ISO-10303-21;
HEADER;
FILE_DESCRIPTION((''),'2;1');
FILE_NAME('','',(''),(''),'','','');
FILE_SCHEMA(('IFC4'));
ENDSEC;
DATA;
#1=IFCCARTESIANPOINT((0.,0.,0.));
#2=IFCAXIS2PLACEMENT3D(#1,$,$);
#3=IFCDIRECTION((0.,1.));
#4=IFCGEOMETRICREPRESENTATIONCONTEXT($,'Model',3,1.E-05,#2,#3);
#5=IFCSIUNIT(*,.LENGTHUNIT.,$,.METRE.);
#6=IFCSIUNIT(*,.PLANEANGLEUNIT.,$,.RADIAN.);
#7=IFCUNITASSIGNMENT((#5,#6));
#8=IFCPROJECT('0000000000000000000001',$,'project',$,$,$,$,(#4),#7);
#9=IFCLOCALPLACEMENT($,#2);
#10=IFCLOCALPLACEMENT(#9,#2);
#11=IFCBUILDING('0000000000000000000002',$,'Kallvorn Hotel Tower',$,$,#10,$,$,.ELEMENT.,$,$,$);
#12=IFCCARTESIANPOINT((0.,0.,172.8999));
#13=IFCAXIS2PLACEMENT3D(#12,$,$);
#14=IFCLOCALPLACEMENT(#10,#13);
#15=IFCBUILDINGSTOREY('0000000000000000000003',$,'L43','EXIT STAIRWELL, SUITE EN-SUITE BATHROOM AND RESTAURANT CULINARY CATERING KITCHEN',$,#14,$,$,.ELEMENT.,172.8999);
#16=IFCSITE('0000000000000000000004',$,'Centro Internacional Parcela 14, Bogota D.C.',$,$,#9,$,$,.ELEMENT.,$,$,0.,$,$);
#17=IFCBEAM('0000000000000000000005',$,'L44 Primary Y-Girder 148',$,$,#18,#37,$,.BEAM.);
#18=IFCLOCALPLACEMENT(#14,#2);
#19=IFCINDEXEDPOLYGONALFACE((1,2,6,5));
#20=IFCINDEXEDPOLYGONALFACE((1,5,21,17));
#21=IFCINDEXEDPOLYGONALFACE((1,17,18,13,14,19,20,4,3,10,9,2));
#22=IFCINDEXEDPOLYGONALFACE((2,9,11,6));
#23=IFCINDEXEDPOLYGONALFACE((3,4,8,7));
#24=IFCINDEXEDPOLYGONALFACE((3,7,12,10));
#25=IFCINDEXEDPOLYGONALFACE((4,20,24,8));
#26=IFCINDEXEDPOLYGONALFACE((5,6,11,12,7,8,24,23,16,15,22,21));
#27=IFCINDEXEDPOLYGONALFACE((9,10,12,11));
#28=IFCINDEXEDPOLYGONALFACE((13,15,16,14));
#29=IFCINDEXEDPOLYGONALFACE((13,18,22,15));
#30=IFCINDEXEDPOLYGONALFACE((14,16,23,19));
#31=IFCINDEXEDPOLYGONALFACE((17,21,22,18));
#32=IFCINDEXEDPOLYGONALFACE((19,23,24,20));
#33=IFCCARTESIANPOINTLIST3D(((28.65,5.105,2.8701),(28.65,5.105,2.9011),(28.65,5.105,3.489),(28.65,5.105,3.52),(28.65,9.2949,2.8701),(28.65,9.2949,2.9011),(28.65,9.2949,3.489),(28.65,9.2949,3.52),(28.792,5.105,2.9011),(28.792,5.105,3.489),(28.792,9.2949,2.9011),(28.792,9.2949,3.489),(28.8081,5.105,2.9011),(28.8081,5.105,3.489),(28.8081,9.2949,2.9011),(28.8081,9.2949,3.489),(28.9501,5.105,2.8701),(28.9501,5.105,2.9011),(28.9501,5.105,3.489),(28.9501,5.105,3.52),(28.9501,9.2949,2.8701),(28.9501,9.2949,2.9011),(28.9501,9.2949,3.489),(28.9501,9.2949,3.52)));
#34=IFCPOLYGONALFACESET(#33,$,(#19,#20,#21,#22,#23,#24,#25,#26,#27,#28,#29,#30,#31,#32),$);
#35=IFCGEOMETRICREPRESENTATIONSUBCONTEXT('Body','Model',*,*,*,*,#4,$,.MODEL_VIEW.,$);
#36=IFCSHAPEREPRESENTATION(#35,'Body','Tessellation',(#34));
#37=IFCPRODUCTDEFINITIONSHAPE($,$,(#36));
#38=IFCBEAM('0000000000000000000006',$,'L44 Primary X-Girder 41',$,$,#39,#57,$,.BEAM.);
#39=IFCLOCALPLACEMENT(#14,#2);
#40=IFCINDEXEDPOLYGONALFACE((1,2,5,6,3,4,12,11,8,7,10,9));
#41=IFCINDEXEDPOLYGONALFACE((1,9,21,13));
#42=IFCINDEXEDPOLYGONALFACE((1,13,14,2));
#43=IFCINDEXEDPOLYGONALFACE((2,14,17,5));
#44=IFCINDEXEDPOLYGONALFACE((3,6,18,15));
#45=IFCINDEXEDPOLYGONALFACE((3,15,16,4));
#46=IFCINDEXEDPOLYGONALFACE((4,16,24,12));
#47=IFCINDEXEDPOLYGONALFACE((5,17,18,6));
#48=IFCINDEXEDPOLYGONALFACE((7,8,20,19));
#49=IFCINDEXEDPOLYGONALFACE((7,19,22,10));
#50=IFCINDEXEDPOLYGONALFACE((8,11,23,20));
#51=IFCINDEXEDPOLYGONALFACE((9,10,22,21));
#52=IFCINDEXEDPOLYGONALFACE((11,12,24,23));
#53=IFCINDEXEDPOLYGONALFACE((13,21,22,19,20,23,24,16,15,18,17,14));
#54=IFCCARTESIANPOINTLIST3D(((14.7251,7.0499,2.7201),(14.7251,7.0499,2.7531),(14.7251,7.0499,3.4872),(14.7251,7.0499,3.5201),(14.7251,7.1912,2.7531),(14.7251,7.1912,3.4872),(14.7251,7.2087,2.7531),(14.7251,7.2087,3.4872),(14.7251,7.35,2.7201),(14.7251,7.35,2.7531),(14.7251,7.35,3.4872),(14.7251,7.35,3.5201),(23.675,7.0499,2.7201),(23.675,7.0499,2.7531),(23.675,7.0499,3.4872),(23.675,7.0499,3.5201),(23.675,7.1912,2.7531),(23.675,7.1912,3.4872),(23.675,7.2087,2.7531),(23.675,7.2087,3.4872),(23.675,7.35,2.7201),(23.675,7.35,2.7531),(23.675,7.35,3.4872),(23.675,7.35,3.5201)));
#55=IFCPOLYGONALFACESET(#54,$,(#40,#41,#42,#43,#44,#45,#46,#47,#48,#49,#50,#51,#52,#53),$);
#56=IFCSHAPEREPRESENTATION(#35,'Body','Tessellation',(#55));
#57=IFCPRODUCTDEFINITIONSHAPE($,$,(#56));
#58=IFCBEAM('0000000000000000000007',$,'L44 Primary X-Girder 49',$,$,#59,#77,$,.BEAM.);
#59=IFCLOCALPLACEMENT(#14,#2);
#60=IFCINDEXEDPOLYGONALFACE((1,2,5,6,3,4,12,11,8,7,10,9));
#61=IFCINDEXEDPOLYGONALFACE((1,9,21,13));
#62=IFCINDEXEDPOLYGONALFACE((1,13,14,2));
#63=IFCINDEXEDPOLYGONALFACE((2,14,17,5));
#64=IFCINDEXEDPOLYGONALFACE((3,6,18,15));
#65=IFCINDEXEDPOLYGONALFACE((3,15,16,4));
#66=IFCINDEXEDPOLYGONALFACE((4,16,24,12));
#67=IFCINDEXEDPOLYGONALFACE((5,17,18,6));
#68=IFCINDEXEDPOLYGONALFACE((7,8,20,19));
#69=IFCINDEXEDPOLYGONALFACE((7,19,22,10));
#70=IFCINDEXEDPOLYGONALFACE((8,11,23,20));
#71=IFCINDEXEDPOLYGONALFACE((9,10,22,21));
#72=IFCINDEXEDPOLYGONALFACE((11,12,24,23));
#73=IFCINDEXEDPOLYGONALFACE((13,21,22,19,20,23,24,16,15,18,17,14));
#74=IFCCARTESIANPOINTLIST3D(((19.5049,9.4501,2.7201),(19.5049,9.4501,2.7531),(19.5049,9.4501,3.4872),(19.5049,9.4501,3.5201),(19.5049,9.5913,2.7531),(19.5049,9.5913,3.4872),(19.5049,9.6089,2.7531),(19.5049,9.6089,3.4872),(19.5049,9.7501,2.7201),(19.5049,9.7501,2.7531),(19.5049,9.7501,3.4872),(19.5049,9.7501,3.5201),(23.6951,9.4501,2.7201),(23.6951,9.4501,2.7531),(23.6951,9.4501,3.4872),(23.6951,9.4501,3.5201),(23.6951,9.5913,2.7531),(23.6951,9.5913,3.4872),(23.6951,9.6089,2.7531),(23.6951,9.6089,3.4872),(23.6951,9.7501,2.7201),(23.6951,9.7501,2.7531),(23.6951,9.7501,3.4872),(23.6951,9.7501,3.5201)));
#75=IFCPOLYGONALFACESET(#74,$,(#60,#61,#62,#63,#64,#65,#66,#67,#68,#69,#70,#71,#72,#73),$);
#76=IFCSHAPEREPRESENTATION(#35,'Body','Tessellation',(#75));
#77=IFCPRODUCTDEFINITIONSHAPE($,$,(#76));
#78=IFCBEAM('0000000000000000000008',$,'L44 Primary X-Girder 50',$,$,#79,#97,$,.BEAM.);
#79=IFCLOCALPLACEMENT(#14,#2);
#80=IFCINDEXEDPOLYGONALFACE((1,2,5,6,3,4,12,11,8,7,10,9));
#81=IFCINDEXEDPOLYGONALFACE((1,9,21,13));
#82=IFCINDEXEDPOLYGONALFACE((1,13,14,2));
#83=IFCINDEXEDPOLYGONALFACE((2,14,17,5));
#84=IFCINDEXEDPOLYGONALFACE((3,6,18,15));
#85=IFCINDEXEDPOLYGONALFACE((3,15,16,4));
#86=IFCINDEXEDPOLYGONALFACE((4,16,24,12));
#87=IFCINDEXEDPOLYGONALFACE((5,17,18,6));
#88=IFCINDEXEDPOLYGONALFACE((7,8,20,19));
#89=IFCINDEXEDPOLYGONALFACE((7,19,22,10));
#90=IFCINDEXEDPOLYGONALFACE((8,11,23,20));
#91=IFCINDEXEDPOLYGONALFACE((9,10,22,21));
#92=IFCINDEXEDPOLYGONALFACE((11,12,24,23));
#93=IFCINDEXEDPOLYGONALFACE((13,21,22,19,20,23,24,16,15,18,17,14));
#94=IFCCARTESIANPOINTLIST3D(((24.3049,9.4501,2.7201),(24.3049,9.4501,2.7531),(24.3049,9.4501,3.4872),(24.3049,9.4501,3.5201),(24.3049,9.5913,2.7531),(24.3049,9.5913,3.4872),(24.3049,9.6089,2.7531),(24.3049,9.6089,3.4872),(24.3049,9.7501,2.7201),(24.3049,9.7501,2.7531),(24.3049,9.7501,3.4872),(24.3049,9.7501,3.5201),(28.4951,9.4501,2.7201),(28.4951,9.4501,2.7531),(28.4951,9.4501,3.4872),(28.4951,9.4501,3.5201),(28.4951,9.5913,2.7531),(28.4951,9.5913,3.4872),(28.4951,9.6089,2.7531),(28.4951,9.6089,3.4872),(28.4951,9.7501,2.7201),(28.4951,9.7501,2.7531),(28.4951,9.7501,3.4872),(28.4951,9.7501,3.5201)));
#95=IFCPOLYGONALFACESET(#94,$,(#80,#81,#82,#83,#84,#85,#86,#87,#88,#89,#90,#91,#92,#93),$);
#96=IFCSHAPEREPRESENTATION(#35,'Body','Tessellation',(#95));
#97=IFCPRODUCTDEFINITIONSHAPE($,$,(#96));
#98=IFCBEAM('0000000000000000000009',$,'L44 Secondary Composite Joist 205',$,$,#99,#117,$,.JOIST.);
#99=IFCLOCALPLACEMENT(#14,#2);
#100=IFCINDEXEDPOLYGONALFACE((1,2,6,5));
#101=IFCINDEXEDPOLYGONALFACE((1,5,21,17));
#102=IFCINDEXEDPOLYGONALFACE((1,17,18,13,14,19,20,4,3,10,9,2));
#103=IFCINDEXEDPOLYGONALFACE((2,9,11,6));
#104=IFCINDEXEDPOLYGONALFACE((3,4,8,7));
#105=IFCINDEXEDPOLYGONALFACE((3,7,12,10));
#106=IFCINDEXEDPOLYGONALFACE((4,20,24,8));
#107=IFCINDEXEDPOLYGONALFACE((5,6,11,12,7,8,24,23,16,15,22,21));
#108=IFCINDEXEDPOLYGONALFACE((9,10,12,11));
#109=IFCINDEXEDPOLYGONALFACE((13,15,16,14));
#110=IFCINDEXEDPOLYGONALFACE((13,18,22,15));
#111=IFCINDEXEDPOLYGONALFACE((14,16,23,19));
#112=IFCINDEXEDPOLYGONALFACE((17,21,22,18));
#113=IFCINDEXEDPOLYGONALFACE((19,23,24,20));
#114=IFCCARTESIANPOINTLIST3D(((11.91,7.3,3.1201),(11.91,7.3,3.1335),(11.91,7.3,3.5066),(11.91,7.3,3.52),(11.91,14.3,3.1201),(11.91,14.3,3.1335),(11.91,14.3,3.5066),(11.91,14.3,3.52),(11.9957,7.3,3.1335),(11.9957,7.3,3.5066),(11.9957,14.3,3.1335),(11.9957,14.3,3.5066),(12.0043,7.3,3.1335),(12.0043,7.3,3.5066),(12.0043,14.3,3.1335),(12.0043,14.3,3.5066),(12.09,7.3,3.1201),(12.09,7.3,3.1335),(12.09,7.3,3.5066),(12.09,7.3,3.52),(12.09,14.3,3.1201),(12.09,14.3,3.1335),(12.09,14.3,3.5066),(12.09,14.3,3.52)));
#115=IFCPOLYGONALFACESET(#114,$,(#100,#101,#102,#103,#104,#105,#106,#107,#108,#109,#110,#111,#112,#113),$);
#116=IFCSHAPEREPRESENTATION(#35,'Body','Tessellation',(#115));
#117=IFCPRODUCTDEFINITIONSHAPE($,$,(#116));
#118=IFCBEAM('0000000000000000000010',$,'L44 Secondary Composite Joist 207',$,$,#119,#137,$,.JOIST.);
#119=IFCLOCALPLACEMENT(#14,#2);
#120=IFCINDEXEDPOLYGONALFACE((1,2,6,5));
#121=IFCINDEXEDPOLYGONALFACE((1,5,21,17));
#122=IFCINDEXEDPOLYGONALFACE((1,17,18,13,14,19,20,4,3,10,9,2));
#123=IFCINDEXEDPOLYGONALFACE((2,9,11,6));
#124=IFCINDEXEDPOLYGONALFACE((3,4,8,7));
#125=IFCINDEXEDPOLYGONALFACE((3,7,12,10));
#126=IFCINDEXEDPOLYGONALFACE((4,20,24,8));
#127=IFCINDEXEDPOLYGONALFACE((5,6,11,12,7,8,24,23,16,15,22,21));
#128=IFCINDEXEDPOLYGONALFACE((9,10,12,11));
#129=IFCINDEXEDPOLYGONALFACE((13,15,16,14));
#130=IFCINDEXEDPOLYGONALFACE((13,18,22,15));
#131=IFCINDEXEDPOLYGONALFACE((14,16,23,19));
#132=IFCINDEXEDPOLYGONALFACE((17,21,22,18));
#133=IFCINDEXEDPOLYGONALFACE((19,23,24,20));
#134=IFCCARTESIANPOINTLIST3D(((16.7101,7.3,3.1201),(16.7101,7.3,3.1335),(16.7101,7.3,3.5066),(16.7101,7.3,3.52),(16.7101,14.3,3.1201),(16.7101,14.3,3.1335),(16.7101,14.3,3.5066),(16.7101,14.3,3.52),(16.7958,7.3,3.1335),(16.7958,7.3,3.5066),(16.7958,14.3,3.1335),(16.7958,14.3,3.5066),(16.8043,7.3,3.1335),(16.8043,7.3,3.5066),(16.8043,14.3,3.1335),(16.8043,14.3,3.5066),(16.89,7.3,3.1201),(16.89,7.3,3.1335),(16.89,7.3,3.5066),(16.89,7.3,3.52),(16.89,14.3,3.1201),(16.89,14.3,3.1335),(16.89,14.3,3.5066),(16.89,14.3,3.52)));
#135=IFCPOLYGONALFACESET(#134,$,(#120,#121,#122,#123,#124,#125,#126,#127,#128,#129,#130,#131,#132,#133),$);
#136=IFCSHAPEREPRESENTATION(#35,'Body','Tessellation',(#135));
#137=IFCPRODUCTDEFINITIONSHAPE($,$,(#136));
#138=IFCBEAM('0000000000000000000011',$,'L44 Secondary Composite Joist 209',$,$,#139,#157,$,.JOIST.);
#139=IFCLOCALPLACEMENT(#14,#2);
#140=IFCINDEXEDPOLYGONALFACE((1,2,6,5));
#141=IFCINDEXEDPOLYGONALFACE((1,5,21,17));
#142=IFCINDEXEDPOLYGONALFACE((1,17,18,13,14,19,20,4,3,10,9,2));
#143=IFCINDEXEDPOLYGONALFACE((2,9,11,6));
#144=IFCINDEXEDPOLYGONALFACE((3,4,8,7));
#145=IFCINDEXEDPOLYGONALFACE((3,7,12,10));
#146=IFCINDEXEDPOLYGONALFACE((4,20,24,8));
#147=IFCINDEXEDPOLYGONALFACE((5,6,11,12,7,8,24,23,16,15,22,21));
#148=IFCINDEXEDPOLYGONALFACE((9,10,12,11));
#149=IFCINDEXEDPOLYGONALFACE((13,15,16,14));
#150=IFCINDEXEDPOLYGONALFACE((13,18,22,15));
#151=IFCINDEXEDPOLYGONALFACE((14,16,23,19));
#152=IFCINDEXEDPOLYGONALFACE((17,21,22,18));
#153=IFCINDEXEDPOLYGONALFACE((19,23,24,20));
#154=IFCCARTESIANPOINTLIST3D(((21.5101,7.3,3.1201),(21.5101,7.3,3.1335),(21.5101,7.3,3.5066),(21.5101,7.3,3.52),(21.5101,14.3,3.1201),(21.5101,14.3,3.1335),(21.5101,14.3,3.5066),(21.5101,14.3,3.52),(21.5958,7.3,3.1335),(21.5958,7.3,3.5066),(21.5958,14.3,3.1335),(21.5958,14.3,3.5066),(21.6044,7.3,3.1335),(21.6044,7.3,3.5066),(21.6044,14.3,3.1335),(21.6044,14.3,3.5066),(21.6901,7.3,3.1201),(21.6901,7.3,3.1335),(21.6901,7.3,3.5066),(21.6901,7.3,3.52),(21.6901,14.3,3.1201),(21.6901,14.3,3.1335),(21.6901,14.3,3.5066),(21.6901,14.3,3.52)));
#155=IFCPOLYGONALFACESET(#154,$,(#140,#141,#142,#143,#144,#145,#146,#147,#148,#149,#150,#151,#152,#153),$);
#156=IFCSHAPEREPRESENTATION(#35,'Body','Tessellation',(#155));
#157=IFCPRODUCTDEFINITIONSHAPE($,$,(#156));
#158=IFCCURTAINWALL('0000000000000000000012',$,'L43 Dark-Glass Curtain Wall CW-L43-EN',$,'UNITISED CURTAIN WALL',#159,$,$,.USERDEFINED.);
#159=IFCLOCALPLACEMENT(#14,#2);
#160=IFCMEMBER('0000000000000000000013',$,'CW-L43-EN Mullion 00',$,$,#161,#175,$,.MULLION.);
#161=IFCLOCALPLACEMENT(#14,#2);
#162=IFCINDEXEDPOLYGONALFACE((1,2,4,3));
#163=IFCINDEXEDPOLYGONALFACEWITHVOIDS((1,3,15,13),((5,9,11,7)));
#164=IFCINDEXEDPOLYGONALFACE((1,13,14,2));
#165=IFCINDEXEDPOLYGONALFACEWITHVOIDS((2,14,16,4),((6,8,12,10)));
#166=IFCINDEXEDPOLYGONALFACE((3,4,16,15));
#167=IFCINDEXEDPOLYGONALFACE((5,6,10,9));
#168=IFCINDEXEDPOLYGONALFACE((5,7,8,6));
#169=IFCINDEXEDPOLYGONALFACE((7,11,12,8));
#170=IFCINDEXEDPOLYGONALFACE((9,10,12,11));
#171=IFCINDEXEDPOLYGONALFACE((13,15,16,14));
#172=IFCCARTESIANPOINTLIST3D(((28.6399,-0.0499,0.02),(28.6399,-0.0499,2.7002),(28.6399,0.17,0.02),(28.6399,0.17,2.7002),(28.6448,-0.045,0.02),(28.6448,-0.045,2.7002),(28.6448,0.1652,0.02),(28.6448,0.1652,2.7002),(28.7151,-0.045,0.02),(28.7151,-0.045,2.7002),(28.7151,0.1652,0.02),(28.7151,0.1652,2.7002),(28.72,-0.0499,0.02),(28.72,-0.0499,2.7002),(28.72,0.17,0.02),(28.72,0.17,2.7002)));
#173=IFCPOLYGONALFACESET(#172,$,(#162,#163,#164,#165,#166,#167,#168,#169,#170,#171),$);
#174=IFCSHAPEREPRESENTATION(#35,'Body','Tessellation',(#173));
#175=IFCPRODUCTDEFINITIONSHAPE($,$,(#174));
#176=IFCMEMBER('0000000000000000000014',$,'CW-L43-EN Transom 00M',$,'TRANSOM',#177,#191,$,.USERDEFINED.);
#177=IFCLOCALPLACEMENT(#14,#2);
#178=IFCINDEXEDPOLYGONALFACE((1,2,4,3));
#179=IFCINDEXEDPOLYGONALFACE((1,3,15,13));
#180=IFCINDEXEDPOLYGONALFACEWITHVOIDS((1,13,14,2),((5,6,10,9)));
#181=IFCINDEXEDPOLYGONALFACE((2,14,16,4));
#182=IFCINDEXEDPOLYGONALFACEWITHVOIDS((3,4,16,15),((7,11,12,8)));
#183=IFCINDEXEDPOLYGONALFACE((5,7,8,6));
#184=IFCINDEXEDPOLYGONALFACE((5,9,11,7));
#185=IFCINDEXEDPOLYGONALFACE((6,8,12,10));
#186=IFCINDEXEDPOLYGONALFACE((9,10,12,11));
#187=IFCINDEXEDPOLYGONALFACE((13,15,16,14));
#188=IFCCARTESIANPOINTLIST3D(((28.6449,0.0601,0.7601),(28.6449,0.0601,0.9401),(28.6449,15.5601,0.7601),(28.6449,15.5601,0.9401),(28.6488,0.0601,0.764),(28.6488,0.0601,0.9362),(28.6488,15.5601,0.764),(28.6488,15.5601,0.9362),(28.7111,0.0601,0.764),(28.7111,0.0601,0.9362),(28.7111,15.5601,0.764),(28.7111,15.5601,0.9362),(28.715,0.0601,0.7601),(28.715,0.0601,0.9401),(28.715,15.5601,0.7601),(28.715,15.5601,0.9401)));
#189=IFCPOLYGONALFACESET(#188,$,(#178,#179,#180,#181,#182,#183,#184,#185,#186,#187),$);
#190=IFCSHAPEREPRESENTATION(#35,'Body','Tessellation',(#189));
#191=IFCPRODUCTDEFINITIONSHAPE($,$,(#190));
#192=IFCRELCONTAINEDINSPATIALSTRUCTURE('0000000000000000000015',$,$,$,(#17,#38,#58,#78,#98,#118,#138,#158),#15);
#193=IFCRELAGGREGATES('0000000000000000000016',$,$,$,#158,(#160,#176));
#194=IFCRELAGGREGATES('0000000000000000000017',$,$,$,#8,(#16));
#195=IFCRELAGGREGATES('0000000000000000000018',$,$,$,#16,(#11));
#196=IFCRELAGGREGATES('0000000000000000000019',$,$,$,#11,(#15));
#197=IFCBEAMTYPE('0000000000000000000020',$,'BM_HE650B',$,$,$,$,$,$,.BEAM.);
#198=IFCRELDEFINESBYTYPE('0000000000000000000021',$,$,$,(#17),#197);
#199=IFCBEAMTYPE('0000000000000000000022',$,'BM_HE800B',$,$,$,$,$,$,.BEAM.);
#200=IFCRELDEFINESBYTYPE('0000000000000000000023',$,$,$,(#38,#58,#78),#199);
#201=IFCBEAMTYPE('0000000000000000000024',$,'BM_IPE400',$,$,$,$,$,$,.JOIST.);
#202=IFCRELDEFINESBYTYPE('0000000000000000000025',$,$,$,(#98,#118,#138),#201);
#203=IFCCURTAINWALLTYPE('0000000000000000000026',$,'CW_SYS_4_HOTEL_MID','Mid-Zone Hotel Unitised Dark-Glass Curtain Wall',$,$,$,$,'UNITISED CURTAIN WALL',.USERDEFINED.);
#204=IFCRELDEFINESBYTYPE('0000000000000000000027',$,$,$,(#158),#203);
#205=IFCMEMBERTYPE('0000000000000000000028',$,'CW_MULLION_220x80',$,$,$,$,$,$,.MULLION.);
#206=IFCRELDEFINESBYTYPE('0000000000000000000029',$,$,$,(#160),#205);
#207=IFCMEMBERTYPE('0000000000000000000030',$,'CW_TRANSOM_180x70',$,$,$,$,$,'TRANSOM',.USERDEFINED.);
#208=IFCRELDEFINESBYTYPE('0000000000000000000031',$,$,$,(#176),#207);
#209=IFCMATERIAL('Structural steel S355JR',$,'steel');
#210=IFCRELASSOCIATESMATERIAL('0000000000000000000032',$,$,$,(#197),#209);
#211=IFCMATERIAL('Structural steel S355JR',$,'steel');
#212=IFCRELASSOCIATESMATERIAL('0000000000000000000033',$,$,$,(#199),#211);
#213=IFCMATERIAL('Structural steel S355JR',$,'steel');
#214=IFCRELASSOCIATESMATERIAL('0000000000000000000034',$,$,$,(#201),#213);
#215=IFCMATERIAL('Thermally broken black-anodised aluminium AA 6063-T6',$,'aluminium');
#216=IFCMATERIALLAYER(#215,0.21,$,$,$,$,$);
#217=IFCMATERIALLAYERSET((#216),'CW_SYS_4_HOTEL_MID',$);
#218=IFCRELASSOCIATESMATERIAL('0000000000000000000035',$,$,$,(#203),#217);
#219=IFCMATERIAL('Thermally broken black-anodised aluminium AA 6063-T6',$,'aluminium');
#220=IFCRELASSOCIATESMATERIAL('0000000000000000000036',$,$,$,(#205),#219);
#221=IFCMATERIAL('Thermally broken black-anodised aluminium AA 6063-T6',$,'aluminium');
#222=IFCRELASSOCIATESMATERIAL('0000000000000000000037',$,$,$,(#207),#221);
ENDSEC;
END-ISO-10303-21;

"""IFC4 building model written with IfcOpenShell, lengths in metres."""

from ifc_helpers import new_model, si_unit, direction, frame, origin, origin_2d, place, context, subcontext, project, spatial, hollow_rectangle, i_section, extrude, material, layer, layer_set, material_profile, profile_set, type_object, element, aggregate, save


model = new_model("IFC4")

# Units and contexts
model_context = context("Model", 3, precision=1e-05, world=origin(), true_north=direction((0.0, 1.0)))
body_context = subcontext(model_context, "Body", "Model", "MODEL_VIEW")
ifc_project = project(units=[si_unit("LENGTHUNIT", "METRE"), si_unit("PLANEANGLEUNIT", "RADIAN")], contexts=[model_context])

# Site, building, storey
site_placement = place(None, origin())
site = spatial("IfcSite", under=ifc_project, at=site_placement, Name="Centro Internacional Parcela 14, Bogota D.C.", CompositionType="ELEMENT", RefElevation=0.0)
building_placement = place(site_placement, origin())
building = spatial("IfcBuilding", under=site, at=building_placement, Name="Kallvorn Hotel Tower", CompositionType="ELEMENT")
storey_placement = place(building_placement, frame((0.0, 0.0, 172.8999)))
storey = spatial("IfcBuildingStorey", under=building, at=storey_placement, Name="L43", Description="EXIT STAIRWELL, SUITE EN-SUITE BATHROOM AND RESTAURANT CULINARY CATERING KITCHEN", CompositionType="ELEMENT", Elevation=172.8999)

# Beams
ifc_material_1 = material(Name="Structural steel S355JR", Category="steel")
ifc_material_profile_1 = material_profile(ifc_material_1, i_section(OverallWidth=0.3, OverallDepth=0.6499, WebThickness=0.0161, FlangeThickness=0.031, at=origin_2d()), Name="HE 650 B")
ifc_profile_set_1 = profile_set([ifc_material_profile_1], Name="Structural steel S355JR")
beam_type_1 = type_object("IfcBeamType", Name="BM_HE650B", PredefinedType="BEAM", material=ifc_profile_set_1)
beam_1_placement = place(storey_placement, frame((28.8, 5.105, 3.1951), z_axis=(0.0, 1.0, 0.0), x_axis=(-1.0, 0.0, 0.0)))
element("IfcBeam", 1, at=beam_1_placement, inside=storey, type_object=beam_type_1, Name="L44 Primary Y-Girder 148", PredefinedType="BEAM", context=body_context, shape_type="SweptSolid", body=[
    extrude(i_section(OverallWidth=0.3, OverallDepth=0.6499, WebThickness=0.0161, FlangeThickness=0.031, at=origin_2d()), origin(), (0.0, 0.0, 1.0), 4.1899),
])
ifc_material_2 = material(Name="Structural steel S355JR", Category="steel")
ifc_material_profile_2 = material_profile(ifc_material_2, i_section(OverallWidth=0.3, OverallDepth=0.8, WebThickness=0.0176, FlangeThickness=0.033, at=origin_2d()), Name="HE 800 B")
ifc_profile_set_2 = profile_set([ifc_material_profile_2], Name="Structural steel S355JR")
beam_type_2 = type_object("IfcBeamType", Name="BM_HE800B", PredefinedType="BEAM", material=ifc_profile_set_2)
beam_2_placement = place(storey_placement, frame((14.7251, 7.2, 3.1201), z_axis=(1.0, 0.0, 0.0), x_axis=(0.0, 1.0, 0.0)))
element("IfcBeam", 2, at=beam_2_placement, inside=storey, type_object=beam_type_2, Name="L44 Primary X-Girder 41", PredefinedType="BEAM", context=body_context, shape_type="SweptSolid", body=[
    extrude(i_section(OverallWidth=0.3, OverallDepth=0.8, WebThickness=0.0176, FlangeThickness=0.033, at=origin_2d()), origin(), (0.0, 0.0, 1.0), 8.95),
])
for number, where, z_axis, x_axis, name in (
    (3, (19.5049, 9.6001, 3.1201), (1.0, 0.0, 0.0), (0.0, 1.0, 0.0), "L44 Primary X-Girder 49"),
    (4, (24.3049, 9.6001, 3.1201), (1.0, 0.0, 0.0), (0.0, 1.0, 0.0), "L44 Primary X-Girder 50"),
):
    element("IfcBeam", number, at=place(storey_placement, frame(where, z_axis=z_axis, x_axis=x_axis)), inside=storey, type_object=beam_type_2, Name=name, PredefinedType="BEAM", context=body_context, shape_type="SweptSolid", body=[
        extrude(i_section(OverallWidth=0.3, OverallDepth=0.8, WebThickness=0.0176, FlangeThickness=0.033, at=origin_2d()), origin(), (0.0, 0.0, 1.0), 4.1902),
    ])
ifc_material_3 = material(Name="Structural steel S355JR", Category="steel")
ifc_material_profile_3 = material_profile(ifc_material_3, i_section(OverallWidth=0.1799, OverallDepth=0.3999, WebThickness=0.0085, FlangeThickness=0.0134, at=origin_2d()), Name="IPE 400")
ifc_profile_set_3 = profile_set([ifc_material_profile_3], Name="Structural steel S355JR")
beam_type_3 = type_object("IfcBeamType", Name="BM_IPE400", PredefinedType="JOIST", material=ifc_profile_set_3)
for number, where, z_axis, x_axis, name in (
    (5, (12.0, 7.3, 3.3201), (0.0, 1.0, 0.0), (-1.0, 0.0, 0.0), "L44 Secondary Composite Joist 205"),
    (6, (16.8, 7.3, 3.3201), (0.0, 1.0, 0.0), (-1.0, 0.0, 0.0), "L44 Secondary Composite Joist 207"),
    (7, (21.6001, 7.3, 3.3201), (0.0, 1.0, 0.0), (-1.0, 0.0, 0.0), "L44 Secondary Composite Joist 209"),
):
    element("IfcBeam", number, at=place(storey_placement, frame(where, z_axis=z_axis, x_axis=x_axis)), inside=storey, type_object=beam_type_3, Name=name, PredefinedType="JOIST", context=body_context, shape_type="SweptSolid", body=[
        extrude(i_section(OverallWidth=0.1799, OverallDepth=0.3999, WebThickness=0.0085, FlangeThickness=0.0134, at=origin_2d()), origin(), (0.0, 0.0, 1.0), 7.0),
    ])

# Curtain wall, members
ifc_material_4 = material(Name="Thermally broken black-anodised aluminium AA 6063-T6", Category="aluminium")
ifc_layer_1 = layer(ifc_material_4, 0.21)
ifc_layer_set_1 = layer_set([ifc_layer_1], Name="CW_SYS_4_HOTEL_MID")
curtain_wall_type = type_object("IfcCurtainWallType", Name="CW_SYS_4_HOTEL_MID", Description="Mid-Zone Hotel Unitised Dark-Glass Curtain Wall", ElementType="UNITISED CURTAIN WALL", PredefinedType="USERDEFINED", material=ifc_layer_set_1)
curtain_wall_placement = place(storey_placement, origin())
curtain_wall = element("IfcCurtainWall", 8, at=curtain_wall_placement, inside=storey, type_object=curtain_wall_type, Name="L43 Dark-Glass Curtain Wall CW-L43-EN", ObjectType="UNITISED CURTAIN WALL", PredefinedType="USERDEFINED")
ifc_material_5 = material(Name="Thermally broken black-anodised aluminium AA 6063-T6", Category="aluminium")
ifc_material_profile_4 = material_profile(ifc_material_5, hollow_rectangle(XDim=0.0801, YDim=0.22, WallThickness=0.0049, at=origin_2d()), Name="MUL 220x80")
ifc_profile_set_4 = profile_set([ifc_material_profile_4], Name="Thermally broken black-anodised aluminium AA 6063-T6")
member_type_1 = type_object("IfcMemberType", Name="CW_MULLION_220x80", PredefinedType="MULLION", material=ifc_profile_set_4)
member_1_placement = place(storey_placement, frame((28.6799, 0.0601, 0.02), z_axis=(0.0, 0.0, 1.0), x_axis=(1.0, 0.0, 0.0)))
member_1 = element("IfcMember", 9, at=member_1_placement, type_object=member_type_1, Name="CW-L43-EN Mullion 00", PredefinedType="MULLION", context=body_context, shape_type="SweptSolid", body=[
    extrude(hollow_rectangle(XDim=0.0801, YDim=0.22, WallThickness=0.0049, at=origin_2d()), origin(), (0.0, 0.0, 1.0), 2.6802),
])
ifc_material_6 = material(Name="Thermally broken black-anodised aluminium AA 6063-T6", Category="aluminium")
ifc_material_profile_5 = material_profile(ifc_material_6, hollow_rectangle(XDim=0.0701, YDim=0.1799, WallThickness=0.0039, at=origin_2d()), Name="TRN 180x70")
ifc_profile_set_5 = profile_set([ifc_material_profile_5], Name="Thermally broken black-anodised aluminium AA 6063-T6")
member_type_2 = type_object("IfcMemberType", Name="CW_TRANSOM_180x70", ElementType="TRANSOM", PredefinedType="USERDEFINED", material=ifc_profile_set_5)
member_2_placement = place(storey_placement, frame((28.6799, 0.0601, 0.8501), z_axis=(0.0, 1.0, 0.0), x_axis=(-1.0, 0.0, 0.0)))
member_2 = element("IfcMember", 10, at=member_2_placement, type_object=member_type_2, Name="CW-L43-EN Transom 00M", ObjectType="TRANSOM", PredefinedType="USERDEFINED", context=body_context, shape_type="SweptSolid", body=[
    extrude(hollow_rectangle(XDim=0.0701, YDim=0.1799, WallThickness=0.0039, at=origin_2d()), origin(), (0.0, 0.0, 1.0), 15.5),
])
aggregate(curtain_wall, [member_1, member_2])

save(model, "model.ifc")
